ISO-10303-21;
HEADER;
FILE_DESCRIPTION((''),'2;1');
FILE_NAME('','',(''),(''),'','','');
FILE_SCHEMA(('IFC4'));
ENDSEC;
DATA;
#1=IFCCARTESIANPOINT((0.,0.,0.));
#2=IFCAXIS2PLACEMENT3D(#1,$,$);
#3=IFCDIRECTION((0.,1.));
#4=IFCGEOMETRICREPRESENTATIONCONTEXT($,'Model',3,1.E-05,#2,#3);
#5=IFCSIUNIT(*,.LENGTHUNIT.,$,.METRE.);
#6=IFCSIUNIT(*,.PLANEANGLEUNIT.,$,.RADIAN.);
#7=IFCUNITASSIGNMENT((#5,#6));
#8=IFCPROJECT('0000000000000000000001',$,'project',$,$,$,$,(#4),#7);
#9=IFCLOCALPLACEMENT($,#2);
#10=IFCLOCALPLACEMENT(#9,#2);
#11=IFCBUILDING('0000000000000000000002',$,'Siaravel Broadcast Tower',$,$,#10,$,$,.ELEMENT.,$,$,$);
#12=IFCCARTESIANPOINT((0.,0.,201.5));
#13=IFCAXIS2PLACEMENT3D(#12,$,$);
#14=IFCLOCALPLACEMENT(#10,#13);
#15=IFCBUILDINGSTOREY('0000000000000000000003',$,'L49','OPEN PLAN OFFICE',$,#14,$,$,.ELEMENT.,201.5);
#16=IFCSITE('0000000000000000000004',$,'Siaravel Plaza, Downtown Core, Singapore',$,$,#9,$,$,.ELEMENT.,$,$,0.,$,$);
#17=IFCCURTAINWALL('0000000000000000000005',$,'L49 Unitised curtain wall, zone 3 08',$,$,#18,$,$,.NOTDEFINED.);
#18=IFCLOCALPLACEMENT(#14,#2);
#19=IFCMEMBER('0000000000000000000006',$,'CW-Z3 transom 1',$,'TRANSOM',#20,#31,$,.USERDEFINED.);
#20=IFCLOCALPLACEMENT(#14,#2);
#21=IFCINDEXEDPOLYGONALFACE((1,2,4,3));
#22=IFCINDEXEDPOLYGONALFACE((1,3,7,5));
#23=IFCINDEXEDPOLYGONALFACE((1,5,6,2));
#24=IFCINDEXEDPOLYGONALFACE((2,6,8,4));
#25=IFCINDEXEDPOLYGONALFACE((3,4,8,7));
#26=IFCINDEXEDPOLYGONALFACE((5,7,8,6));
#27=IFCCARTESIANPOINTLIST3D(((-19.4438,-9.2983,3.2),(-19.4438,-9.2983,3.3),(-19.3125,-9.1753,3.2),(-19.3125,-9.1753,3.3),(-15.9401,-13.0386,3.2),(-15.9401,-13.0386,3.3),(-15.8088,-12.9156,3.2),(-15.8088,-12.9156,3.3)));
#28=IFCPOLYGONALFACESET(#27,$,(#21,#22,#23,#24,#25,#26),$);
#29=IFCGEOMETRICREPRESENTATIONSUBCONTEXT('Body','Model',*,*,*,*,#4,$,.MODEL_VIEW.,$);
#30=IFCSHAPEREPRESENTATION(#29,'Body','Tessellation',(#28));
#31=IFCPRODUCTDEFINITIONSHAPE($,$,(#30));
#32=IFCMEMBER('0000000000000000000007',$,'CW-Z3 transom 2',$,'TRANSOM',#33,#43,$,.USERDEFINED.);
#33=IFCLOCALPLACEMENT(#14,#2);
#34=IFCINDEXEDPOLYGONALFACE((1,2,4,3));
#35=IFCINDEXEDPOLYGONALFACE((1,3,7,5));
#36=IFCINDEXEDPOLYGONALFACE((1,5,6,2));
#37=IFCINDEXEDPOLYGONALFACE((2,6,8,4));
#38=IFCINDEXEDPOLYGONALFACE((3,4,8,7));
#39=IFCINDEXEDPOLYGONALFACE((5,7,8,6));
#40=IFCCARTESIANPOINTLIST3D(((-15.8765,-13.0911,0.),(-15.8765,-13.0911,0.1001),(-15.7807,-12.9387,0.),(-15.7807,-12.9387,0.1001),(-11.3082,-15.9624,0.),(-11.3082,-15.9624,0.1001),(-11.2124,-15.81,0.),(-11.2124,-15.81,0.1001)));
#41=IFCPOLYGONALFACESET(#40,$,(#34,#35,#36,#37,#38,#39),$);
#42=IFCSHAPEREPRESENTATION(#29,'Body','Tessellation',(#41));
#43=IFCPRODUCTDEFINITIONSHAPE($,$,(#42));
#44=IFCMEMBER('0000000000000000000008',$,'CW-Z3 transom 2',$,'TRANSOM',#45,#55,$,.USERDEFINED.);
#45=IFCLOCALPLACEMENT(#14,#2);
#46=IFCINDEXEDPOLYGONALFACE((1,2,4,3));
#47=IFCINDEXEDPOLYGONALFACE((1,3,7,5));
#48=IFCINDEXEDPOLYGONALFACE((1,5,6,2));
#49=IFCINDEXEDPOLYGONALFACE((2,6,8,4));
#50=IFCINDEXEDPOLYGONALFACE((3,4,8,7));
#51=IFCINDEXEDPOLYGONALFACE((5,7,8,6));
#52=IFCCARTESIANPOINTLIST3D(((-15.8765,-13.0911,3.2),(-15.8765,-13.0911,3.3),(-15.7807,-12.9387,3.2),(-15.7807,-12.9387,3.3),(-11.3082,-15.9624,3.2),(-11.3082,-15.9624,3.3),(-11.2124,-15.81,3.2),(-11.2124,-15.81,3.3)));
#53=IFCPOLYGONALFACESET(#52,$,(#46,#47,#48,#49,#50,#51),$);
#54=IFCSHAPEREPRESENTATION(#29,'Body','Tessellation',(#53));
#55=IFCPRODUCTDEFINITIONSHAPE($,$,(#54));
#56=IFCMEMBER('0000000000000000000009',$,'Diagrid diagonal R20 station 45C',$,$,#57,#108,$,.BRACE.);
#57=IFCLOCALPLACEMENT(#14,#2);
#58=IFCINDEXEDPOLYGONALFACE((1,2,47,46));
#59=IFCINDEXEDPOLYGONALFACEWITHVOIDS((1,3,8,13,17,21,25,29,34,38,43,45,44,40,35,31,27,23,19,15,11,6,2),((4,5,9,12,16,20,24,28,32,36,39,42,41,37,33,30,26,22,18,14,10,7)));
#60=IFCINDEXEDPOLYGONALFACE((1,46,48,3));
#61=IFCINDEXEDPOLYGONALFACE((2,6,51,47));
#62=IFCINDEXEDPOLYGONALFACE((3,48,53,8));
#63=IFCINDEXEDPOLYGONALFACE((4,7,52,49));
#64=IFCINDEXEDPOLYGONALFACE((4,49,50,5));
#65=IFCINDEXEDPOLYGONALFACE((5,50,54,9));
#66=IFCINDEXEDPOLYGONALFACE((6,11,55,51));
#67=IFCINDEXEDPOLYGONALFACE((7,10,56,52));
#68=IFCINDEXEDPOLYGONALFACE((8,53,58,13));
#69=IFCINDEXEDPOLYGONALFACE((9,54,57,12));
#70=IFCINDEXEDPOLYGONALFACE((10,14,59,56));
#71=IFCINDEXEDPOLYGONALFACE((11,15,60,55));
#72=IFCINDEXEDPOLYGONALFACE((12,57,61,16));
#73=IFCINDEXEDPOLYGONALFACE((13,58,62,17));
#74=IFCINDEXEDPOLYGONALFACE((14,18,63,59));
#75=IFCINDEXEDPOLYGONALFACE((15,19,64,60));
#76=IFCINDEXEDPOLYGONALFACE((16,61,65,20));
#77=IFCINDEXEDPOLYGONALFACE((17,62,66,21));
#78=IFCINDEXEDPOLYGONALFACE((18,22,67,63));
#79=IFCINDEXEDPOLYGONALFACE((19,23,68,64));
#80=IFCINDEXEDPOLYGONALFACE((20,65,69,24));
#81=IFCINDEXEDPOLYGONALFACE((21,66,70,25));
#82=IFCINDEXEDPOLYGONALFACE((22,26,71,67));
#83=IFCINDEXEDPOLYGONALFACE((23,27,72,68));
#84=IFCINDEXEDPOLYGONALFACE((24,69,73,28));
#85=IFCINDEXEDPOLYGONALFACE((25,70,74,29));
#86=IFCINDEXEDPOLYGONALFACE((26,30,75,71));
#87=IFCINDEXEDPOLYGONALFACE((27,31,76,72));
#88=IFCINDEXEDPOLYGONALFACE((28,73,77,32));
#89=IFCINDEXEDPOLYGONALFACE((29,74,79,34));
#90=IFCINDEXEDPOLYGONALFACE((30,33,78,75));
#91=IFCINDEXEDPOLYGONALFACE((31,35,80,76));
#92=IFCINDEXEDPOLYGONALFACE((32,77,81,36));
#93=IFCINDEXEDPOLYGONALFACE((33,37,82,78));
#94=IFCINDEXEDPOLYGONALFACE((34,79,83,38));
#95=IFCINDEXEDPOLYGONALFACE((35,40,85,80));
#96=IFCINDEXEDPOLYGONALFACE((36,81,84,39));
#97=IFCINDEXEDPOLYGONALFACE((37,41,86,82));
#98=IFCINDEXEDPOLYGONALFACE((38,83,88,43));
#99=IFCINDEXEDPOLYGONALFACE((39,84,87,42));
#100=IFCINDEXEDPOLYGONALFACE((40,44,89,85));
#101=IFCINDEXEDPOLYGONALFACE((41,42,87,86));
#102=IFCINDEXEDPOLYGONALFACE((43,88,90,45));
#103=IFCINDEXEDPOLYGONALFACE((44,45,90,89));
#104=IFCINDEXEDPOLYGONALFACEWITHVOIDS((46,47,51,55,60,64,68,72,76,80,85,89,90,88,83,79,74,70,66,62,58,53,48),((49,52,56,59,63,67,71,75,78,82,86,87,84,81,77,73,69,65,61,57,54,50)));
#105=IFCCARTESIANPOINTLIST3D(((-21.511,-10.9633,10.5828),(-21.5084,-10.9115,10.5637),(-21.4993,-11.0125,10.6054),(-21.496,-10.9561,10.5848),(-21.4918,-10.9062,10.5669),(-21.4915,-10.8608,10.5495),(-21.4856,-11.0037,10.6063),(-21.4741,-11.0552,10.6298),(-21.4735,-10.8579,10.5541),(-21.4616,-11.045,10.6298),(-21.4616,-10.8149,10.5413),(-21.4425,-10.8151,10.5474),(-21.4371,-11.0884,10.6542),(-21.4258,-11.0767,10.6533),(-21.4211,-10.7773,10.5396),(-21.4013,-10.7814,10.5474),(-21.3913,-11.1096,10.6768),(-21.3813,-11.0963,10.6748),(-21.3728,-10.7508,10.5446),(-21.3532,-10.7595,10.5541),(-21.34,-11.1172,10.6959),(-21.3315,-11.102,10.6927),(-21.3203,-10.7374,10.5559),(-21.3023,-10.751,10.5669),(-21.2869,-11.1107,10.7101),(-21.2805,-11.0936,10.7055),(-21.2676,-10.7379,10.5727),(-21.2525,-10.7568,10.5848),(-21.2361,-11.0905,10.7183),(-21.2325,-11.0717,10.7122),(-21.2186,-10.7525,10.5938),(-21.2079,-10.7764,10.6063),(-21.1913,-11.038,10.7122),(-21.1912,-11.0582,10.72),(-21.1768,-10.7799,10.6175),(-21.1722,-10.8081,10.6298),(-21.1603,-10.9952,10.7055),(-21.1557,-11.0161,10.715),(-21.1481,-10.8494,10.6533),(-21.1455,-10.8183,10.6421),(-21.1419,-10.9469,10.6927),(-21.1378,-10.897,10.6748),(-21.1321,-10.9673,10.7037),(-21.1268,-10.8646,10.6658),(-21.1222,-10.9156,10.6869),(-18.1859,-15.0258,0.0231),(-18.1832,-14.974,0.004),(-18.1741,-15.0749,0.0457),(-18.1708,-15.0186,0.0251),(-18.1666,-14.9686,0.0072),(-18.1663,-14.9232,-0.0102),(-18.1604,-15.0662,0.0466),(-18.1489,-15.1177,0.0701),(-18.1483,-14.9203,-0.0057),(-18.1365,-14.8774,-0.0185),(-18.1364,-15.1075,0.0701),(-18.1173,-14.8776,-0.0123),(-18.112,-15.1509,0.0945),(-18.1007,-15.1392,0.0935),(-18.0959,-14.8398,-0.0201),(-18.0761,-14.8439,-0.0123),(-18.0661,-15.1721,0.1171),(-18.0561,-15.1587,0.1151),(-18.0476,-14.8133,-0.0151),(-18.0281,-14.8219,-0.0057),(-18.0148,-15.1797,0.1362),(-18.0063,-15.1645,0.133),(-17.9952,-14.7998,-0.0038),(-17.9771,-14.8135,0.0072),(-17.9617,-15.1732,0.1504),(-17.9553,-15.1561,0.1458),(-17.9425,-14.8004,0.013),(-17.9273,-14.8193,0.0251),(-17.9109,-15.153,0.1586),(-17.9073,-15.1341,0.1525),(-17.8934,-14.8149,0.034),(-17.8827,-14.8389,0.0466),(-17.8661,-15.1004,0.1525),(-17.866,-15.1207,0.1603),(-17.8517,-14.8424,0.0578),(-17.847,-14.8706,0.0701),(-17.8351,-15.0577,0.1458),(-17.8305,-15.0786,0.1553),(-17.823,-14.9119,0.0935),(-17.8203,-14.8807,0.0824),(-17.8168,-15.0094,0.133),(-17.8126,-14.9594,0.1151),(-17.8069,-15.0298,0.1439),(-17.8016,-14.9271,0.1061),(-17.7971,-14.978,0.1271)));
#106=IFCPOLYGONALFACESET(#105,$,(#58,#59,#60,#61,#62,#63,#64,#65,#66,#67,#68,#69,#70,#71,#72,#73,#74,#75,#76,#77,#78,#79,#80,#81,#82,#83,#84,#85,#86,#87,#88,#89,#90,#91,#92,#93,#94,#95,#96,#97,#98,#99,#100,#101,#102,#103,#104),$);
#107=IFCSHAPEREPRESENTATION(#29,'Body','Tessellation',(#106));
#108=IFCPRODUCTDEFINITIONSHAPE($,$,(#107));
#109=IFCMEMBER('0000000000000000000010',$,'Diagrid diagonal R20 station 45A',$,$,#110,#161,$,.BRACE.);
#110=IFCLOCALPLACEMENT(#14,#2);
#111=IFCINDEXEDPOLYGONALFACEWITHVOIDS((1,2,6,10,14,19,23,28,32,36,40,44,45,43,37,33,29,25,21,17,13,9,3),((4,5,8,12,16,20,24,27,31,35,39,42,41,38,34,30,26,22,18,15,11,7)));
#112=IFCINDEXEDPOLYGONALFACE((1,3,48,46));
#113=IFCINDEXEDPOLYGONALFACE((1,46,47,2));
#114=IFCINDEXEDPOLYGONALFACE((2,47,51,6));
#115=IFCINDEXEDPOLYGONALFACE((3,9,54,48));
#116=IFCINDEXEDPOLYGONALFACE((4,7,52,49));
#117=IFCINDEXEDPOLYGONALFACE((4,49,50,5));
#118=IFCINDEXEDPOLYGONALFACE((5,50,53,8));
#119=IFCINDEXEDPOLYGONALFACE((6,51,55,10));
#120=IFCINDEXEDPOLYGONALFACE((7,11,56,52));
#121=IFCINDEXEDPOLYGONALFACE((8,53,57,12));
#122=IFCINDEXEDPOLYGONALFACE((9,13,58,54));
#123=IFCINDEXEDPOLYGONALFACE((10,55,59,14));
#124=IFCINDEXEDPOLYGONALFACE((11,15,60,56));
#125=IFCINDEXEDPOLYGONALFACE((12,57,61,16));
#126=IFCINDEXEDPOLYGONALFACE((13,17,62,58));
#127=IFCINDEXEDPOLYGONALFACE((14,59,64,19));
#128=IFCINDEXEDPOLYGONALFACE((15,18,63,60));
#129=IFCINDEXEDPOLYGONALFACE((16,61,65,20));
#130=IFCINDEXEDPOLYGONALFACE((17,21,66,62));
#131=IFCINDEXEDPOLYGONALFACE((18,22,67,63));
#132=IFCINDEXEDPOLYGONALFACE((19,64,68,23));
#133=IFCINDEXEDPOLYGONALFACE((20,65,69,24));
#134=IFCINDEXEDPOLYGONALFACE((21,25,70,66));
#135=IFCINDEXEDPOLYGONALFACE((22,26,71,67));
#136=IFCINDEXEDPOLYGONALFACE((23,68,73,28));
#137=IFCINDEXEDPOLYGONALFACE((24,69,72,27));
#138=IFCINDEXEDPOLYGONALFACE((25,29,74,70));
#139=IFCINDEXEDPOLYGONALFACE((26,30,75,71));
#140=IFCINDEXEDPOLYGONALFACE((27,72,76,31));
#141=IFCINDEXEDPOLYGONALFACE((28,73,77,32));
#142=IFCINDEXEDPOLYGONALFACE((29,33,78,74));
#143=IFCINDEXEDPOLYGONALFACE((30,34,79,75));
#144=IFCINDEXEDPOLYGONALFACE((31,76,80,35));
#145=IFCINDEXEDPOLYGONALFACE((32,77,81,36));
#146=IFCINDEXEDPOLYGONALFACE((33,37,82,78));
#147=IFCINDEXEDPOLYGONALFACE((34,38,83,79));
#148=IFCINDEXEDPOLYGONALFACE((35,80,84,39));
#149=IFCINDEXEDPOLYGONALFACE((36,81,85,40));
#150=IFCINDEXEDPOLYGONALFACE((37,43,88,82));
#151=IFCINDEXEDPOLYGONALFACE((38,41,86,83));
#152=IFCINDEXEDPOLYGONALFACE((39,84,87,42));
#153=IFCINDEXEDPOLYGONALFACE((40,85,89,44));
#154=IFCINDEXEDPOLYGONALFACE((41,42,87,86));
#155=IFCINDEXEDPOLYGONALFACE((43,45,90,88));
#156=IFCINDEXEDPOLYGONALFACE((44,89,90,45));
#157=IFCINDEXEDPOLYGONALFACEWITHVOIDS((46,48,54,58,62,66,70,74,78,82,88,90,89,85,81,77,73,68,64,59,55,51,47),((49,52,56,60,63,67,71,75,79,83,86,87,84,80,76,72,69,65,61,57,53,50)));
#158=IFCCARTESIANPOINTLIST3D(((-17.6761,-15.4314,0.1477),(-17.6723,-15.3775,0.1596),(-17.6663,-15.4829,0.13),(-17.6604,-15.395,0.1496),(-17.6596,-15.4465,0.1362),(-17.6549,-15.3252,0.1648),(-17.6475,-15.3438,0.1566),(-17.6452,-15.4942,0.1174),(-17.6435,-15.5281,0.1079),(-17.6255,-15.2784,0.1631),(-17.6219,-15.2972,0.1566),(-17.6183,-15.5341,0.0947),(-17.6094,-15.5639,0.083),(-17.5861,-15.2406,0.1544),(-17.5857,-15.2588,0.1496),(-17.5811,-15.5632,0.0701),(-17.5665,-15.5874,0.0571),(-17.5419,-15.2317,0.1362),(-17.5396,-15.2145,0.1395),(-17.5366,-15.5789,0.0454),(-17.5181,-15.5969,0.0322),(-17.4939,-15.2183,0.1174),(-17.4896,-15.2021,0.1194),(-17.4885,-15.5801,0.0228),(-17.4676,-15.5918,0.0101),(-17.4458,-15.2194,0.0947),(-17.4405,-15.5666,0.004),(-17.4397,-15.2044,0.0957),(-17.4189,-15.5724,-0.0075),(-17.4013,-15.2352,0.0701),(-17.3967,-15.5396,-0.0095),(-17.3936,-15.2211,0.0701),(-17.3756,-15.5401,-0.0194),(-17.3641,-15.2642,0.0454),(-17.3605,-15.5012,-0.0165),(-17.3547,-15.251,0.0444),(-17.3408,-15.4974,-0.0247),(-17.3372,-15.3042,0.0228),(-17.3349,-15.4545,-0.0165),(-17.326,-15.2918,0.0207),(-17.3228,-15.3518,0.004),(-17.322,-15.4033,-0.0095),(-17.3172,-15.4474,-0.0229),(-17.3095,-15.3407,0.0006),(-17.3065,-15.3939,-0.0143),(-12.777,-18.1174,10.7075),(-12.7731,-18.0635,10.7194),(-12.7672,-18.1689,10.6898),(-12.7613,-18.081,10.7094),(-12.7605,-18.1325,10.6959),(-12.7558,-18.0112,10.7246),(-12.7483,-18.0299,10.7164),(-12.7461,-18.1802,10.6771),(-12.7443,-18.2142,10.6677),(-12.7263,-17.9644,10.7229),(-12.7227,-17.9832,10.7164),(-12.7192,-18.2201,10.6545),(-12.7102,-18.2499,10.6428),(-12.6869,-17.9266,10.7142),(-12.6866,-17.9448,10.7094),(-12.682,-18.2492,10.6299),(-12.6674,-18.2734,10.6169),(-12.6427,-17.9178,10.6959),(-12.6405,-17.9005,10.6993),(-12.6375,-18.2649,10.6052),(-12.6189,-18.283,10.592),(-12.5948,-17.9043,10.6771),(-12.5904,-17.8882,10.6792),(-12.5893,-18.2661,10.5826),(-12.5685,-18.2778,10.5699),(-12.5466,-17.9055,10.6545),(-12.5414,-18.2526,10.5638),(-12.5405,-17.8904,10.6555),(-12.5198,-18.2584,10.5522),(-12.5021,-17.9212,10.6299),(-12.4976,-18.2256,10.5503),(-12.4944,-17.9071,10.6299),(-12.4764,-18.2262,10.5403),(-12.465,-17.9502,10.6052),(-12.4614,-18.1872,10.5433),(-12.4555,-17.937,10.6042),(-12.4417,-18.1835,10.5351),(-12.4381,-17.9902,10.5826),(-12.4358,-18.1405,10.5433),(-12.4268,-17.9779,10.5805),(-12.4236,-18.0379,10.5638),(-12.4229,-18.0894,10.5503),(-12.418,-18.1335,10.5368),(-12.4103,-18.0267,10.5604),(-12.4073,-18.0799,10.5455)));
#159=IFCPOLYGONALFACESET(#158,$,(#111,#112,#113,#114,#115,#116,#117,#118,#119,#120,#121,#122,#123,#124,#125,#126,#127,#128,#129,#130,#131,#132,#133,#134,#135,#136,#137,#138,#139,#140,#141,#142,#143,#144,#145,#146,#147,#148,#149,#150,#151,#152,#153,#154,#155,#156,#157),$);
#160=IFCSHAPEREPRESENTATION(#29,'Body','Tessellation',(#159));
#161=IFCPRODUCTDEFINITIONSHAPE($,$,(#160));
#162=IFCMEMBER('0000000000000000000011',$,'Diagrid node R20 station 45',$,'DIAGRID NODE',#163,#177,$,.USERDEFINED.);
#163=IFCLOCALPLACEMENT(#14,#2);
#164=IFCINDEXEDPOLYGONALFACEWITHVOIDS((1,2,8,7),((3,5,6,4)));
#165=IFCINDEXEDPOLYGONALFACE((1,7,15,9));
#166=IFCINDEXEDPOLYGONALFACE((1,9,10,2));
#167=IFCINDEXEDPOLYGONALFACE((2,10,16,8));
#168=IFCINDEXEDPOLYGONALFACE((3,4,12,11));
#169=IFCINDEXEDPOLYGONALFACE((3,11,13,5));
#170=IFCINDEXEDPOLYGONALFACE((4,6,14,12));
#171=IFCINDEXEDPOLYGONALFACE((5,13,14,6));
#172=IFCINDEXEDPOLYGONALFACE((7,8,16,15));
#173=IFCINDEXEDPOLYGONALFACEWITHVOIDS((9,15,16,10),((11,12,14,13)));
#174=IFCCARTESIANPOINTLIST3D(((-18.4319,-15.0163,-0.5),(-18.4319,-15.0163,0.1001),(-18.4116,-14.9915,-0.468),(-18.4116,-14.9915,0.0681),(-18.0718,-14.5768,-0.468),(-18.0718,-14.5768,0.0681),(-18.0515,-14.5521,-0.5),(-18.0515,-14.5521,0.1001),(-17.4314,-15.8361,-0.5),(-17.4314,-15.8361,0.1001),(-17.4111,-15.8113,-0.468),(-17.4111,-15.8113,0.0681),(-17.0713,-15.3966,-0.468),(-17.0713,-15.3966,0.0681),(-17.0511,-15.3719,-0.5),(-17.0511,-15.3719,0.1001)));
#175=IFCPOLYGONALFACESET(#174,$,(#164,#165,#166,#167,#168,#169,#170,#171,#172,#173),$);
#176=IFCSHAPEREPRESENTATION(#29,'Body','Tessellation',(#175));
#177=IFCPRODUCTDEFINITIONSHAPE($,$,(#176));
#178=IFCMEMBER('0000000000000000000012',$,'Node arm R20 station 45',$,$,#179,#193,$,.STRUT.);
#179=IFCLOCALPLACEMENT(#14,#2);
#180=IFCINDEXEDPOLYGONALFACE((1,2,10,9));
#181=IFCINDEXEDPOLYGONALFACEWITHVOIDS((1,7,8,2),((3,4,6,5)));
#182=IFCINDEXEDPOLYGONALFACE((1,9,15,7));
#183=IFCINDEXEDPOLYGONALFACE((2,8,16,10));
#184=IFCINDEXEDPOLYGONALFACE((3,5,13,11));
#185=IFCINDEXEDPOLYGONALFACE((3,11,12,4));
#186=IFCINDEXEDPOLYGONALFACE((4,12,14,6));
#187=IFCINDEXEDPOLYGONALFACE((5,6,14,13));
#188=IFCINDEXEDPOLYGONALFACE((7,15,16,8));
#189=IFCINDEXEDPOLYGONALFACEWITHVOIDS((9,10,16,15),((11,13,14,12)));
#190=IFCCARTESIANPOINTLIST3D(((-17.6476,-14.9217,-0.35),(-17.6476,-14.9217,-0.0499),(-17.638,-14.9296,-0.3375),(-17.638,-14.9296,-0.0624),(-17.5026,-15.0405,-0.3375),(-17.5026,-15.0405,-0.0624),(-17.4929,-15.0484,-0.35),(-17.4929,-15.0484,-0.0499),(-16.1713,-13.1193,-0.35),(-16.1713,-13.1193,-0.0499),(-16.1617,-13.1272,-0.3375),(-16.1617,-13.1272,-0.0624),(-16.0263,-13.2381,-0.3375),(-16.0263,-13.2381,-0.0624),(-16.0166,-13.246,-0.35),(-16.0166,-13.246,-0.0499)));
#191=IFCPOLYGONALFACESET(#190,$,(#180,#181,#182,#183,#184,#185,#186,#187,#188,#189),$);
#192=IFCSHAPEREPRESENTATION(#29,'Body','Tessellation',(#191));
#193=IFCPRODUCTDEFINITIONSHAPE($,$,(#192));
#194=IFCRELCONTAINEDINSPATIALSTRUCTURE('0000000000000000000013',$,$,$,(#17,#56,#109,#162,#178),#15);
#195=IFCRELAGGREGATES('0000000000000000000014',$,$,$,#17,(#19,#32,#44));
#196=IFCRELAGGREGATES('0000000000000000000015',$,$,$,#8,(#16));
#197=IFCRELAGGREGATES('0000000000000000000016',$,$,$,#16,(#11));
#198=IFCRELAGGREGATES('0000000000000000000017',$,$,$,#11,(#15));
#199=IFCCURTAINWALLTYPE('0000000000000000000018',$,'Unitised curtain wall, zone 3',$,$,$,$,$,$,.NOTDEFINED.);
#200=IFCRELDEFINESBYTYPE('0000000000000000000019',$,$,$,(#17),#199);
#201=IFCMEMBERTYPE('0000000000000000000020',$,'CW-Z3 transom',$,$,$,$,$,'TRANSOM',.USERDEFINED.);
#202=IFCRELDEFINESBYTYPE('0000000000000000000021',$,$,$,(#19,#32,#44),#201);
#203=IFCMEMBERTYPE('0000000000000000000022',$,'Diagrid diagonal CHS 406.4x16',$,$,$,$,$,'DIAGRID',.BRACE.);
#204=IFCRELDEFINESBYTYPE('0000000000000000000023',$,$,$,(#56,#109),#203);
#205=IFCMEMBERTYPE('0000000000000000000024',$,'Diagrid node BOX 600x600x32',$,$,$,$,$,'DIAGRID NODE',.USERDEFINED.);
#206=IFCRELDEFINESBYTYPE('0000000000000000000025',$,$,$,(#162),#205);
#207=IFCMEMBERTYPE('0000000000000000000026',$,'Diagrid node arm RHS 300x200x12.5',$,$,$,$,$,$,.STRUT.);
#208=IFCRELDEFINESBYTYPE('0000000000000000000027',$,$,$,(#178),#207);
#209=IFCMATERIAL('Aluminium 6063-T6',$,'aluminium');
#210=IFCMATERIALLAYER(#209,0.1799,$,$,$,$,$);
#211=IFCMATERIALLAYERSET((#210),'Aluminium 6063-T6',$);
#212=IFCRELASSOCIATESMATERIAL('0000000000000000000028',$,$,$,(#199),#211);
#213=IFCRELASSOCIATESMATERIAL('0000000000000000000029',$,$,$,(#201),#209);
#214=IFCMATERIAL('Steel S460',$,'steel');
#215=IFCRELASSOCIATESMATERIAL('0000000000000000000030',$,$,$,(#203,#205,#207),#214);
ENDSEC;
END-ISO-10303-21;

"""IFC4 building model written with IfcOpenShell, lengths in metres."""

from ifc_helpers import new_model, si_unit, direction, frame, origin, origin_2d, place, context, subcontext, project, spatial, rectangle, hollow_rectangle, hollow_circle, extrude, material, layer, layer_set, material_profile, profile_set, type_object, element, aggregate, save


model = new_model("IFC4")

# Units and contexts
model_context = context("Model", 3, precision=1e-05, world=origin(), true_north=direction((0.0, 1.0)))
body_context = subcontext(model_context, "Body", "Model", "MODEL_VIEW")
ifc_project = project(units=[si_unit("LENGTHUNIT", "METRE"), si_unit("PLANEANGLEUNIT", "RADIAN")], contexts=[model_context])

# Site, building, storey
site_placement = place(None, origin())
site = spatial("IfcSite", under=ifc_project, at=site_placement, Name="Siaravel Plaza, Downtown Core, Singapore", CompositionType="ELEMENT", RefElevation=0.0)
building_placement = place(site_placement, origin())
building = spatial("IfcBuilding", under=site, at=building_placement, Name="Siaravel Broadcast Tower", CompositionType="ELEMENT")
storey_placement = place(building_placement, frame((0.0, 0.0, 201.5)))
storey = spatial("IfcBuildingStorey", under=building, at=storey_placement, Name="L49", Description="OPEN PLAN OFFICE", CompositionType="ELEMENT", Elevation=201.5)

# Shared definitions
ifc_material_1 = material(Name="Aluminium 6063-T6", Category="aluminium")
ifc_layer_1 = layer(ifc_material_1, 0.1799)
ifc_layer_set_1 = layer_set([ifc_layer_1], Name="Aluminium 6063-T6")
curtain_wall_type = type_object("IfcCurtainWallType", Name="Unitised curtain wall, zone 3", PredefinedType="NOTDEFINED", material=ifc_layer_set_1)

# Curtain wall, members
curtain_wall_1_placement = place(storey_placement, origin())
curtain_wall_1 = element("IfcCurtainWall", 1, at=curtain_wall_1_placement, inside=storey, type_object=curtain_wall_type, Name="L49 Unitised curtain wall, zone 3 08", PredefinedType="NOTDEFINED")
ifc_material_profile_1 = material_profile(ifc_material_1, rectangle(XDim=0.1799, YDim=0.1001, at=origin_2d()))
ifc_profile_set_1 = profile_set([ifc_material_profile_1], Name="Aluminium 6063-T6")
member_type_1 = type_object("IfcMemberType", Name="CW-Z3 transom", ElementType="TRANSOM", PredefinedType="USERDEFINED", material=ifc_profile_set_1)
member_1_placement = place(storey_placement, frame((-19.3782, -9.2368, 3.25), z_axis=(0.68365, -0.72981, 0.0), x_axis=(0.72981, 0.68365, 0.0)))
member_1 = element("IfcMember", 2, at=member_1_placement, type_object=member_type_1, Name="CW-Z3 transom 1", ObjectType="TRANSOM", PredefinedType="USERDEFINED", context=body_context, shape_type="SweptSolid", body=[
    extrude(rectangle(XDim=0.1799, YDim=0.1001, at=origin_2d()), origin(), (0.0, 0.0, 1.0), 5.125),
])
member_2_placement = place(storey_placement, frame((-15.8286, -13.0149, 0.05), z_axis=(0.846653, -0.532145, 0.0), x_axis=(0.532145, 0.846653, 0.0)))
member_2 = element("IfcMember", 3, at=member_2_placement, type_object=member_type_1, Name="CW-Z3 transom 2", ObjectType="TRANSOM", PredefinedType="USERDEFINED", context=body_context, shape_type="SweptSolid", body=[
    extrude(rectangle(XDim=0.1799, YDim=0.1001, at=origin_2d()), origin(), (0.0, 0.0, 1.0), 5.3958),
])
member_3_placement = place(storey_placement, frame((-15.8286, -13.0149, 3.25), z_axis=(0.846653, -0.532145, 0.0), x_axis=(0.532145, 0.846653, 0.0)))
member_3 = element("IfcMember", 4, at=member_3_placement, type_object=member_type_1, Name="CW-Z3 transom 2", ObjectType="TRANSOM", PredefinedType="USERDEFINED", context=body_context, shape_type="SweptSolid", body=[
    extrude(rectangle(XDim=0.1799, YDim=0.1001, at=origin_2d()), origin(), (0.0, 0.0, 1.0), 5.3958),
])

# Members
ifc_material_2 = material(Name="Steel S460", Category="steel")
ifc_material_profile_2 = material_profile(ifc_material_2, hollow_circle(Radius=0.2031, WallThickness=0.0161, at=origin_2d()))
ifc_profile_set_2 = profile_set([ifc_material_profile_2], Name="Steel S460")
member_type_2 = type_object("IfcMemberType", Name="Diagrid diagonal CHS 406.4x16", ElementType="DIAGRID", PredefinedType="BRACE", material=ifc_profile_set_2)
member_4_placement = place(storey_placement, frame((-17.9917, -14.989, 0.0701), z_axis=(-0.281968, 0.344489, 0.895445), x_axis=(-0.773833, -0.63339, 0.0)))
element("IfcMember", 5, at=member_4_placement, inside=storey, type_object=member_type_2, Name="Diagrid diagonal R20 station 45C", PredefinedType="BRACE", context=body_context, shape_type="SweptSolid", body=[
    extrude(hollow_circle(Radius=0.2031, WallThickness=0.0161, at=origin_2d()), origin(), (0.0, 0.0, 1.0), 11.7927),
])
member_5_placement = place(storey_placement, frame((-17.4912, -15.3992, 0.0701), z_axis=(0.410082, -0.224833, 0.883902), x_axis=(0.480749, 0.876858, 0.0)))
element("IfcMember", 6, at=member_5_placement, inside=storey, type_object=member_type_2, Name="Diagrid diagonal R20 station 45A", PredefinedType="BRACE", context=body_context, shape_type="SweptSolid", body=[
    extrude(hollow_circle(Radius=0.2031, WallThickness=0.0161, at=origin_2d()), origin(), (0.0, 0.0, 1.0), 11.9468),
])
ifc_material_profile_3 = material_profile(ifc_material_2, hollow_rectangle(XDim=0.6001, YDim=0.6001, WallThickness=0.032, at=origin_2d()))
ifc_profile_set_3 = profile_set([ifc_material_profile_3], Name="Steel S460")
member_type_3 = type_object("IfcMemberType", Name="Diagrid node BOX 600x600x32", ElementType="DIAGRID NODE", PredefinedType="USERDEFINED", material=ifc_profile_set_3)
member_6_placement = place(storey_placement, frame((-18.2417, -14.7842, -0.2), z_axis=(0.773486, -0.633813, 0.0), x_axis=(0.633813, 0.773486, 0.0)))
element("IfcMember", 7, at=member_6_placement, inside=storey, type_object=member_type_3, Name="Diagrid node R20 station 45", ObjectType="DIAGRID NODE", PredefinedType="USERDEFINED", context=body_context, shape_type="SweptSolid", body=[
    extrude(hollow_rectangle(XDim=0.6001, YDim=0.6001, WallThickness=0.032, at=origin_2d()), origin(), (0.0, 0.0, 1.0), 1.2935),
])
ifc_material_profile_4 = material_profile(ifc_material_2, hollow_rectangle(XDim=0.2, YDim=0.3, WallThickness=0.0125, at=origin_2d()))
ifc_profile_set_4 = profile_set([ifc_material_profile_4], Name="Steel S460")
member_type_4 = type_object("IfcMemberType", Name="Diagrid node arm RHS 300x200x12.5", PredefinedType="STRUT", material=ifc_profile_set_4)
member_7_placement = place(storey_placement, frame((-16.094, -13.1826, -0.2), z_axis=(-0.633637, -0.77363, 0.0), x_axis=(0.77363, -0.633637, 0.0)))
element("IfcMember", 8, at=member_7_placement, inside=storey, type_object=member_type_4, Name="Node arm R20 station 45", PredefinedType="STRUT", context=body_context, shape_type="SweptSolid", body=[
    extrude(hollow_rectangle(XDim=0.2, YDim=0.3, WallThickness=0.0125, at=origin_2d()), origin(), (0.0, 0.0, 1.0), 2.3298),
])

aggregate(curtain_wall_1, [member_1, member_2, member_3])

save(model, "model.ifc")
